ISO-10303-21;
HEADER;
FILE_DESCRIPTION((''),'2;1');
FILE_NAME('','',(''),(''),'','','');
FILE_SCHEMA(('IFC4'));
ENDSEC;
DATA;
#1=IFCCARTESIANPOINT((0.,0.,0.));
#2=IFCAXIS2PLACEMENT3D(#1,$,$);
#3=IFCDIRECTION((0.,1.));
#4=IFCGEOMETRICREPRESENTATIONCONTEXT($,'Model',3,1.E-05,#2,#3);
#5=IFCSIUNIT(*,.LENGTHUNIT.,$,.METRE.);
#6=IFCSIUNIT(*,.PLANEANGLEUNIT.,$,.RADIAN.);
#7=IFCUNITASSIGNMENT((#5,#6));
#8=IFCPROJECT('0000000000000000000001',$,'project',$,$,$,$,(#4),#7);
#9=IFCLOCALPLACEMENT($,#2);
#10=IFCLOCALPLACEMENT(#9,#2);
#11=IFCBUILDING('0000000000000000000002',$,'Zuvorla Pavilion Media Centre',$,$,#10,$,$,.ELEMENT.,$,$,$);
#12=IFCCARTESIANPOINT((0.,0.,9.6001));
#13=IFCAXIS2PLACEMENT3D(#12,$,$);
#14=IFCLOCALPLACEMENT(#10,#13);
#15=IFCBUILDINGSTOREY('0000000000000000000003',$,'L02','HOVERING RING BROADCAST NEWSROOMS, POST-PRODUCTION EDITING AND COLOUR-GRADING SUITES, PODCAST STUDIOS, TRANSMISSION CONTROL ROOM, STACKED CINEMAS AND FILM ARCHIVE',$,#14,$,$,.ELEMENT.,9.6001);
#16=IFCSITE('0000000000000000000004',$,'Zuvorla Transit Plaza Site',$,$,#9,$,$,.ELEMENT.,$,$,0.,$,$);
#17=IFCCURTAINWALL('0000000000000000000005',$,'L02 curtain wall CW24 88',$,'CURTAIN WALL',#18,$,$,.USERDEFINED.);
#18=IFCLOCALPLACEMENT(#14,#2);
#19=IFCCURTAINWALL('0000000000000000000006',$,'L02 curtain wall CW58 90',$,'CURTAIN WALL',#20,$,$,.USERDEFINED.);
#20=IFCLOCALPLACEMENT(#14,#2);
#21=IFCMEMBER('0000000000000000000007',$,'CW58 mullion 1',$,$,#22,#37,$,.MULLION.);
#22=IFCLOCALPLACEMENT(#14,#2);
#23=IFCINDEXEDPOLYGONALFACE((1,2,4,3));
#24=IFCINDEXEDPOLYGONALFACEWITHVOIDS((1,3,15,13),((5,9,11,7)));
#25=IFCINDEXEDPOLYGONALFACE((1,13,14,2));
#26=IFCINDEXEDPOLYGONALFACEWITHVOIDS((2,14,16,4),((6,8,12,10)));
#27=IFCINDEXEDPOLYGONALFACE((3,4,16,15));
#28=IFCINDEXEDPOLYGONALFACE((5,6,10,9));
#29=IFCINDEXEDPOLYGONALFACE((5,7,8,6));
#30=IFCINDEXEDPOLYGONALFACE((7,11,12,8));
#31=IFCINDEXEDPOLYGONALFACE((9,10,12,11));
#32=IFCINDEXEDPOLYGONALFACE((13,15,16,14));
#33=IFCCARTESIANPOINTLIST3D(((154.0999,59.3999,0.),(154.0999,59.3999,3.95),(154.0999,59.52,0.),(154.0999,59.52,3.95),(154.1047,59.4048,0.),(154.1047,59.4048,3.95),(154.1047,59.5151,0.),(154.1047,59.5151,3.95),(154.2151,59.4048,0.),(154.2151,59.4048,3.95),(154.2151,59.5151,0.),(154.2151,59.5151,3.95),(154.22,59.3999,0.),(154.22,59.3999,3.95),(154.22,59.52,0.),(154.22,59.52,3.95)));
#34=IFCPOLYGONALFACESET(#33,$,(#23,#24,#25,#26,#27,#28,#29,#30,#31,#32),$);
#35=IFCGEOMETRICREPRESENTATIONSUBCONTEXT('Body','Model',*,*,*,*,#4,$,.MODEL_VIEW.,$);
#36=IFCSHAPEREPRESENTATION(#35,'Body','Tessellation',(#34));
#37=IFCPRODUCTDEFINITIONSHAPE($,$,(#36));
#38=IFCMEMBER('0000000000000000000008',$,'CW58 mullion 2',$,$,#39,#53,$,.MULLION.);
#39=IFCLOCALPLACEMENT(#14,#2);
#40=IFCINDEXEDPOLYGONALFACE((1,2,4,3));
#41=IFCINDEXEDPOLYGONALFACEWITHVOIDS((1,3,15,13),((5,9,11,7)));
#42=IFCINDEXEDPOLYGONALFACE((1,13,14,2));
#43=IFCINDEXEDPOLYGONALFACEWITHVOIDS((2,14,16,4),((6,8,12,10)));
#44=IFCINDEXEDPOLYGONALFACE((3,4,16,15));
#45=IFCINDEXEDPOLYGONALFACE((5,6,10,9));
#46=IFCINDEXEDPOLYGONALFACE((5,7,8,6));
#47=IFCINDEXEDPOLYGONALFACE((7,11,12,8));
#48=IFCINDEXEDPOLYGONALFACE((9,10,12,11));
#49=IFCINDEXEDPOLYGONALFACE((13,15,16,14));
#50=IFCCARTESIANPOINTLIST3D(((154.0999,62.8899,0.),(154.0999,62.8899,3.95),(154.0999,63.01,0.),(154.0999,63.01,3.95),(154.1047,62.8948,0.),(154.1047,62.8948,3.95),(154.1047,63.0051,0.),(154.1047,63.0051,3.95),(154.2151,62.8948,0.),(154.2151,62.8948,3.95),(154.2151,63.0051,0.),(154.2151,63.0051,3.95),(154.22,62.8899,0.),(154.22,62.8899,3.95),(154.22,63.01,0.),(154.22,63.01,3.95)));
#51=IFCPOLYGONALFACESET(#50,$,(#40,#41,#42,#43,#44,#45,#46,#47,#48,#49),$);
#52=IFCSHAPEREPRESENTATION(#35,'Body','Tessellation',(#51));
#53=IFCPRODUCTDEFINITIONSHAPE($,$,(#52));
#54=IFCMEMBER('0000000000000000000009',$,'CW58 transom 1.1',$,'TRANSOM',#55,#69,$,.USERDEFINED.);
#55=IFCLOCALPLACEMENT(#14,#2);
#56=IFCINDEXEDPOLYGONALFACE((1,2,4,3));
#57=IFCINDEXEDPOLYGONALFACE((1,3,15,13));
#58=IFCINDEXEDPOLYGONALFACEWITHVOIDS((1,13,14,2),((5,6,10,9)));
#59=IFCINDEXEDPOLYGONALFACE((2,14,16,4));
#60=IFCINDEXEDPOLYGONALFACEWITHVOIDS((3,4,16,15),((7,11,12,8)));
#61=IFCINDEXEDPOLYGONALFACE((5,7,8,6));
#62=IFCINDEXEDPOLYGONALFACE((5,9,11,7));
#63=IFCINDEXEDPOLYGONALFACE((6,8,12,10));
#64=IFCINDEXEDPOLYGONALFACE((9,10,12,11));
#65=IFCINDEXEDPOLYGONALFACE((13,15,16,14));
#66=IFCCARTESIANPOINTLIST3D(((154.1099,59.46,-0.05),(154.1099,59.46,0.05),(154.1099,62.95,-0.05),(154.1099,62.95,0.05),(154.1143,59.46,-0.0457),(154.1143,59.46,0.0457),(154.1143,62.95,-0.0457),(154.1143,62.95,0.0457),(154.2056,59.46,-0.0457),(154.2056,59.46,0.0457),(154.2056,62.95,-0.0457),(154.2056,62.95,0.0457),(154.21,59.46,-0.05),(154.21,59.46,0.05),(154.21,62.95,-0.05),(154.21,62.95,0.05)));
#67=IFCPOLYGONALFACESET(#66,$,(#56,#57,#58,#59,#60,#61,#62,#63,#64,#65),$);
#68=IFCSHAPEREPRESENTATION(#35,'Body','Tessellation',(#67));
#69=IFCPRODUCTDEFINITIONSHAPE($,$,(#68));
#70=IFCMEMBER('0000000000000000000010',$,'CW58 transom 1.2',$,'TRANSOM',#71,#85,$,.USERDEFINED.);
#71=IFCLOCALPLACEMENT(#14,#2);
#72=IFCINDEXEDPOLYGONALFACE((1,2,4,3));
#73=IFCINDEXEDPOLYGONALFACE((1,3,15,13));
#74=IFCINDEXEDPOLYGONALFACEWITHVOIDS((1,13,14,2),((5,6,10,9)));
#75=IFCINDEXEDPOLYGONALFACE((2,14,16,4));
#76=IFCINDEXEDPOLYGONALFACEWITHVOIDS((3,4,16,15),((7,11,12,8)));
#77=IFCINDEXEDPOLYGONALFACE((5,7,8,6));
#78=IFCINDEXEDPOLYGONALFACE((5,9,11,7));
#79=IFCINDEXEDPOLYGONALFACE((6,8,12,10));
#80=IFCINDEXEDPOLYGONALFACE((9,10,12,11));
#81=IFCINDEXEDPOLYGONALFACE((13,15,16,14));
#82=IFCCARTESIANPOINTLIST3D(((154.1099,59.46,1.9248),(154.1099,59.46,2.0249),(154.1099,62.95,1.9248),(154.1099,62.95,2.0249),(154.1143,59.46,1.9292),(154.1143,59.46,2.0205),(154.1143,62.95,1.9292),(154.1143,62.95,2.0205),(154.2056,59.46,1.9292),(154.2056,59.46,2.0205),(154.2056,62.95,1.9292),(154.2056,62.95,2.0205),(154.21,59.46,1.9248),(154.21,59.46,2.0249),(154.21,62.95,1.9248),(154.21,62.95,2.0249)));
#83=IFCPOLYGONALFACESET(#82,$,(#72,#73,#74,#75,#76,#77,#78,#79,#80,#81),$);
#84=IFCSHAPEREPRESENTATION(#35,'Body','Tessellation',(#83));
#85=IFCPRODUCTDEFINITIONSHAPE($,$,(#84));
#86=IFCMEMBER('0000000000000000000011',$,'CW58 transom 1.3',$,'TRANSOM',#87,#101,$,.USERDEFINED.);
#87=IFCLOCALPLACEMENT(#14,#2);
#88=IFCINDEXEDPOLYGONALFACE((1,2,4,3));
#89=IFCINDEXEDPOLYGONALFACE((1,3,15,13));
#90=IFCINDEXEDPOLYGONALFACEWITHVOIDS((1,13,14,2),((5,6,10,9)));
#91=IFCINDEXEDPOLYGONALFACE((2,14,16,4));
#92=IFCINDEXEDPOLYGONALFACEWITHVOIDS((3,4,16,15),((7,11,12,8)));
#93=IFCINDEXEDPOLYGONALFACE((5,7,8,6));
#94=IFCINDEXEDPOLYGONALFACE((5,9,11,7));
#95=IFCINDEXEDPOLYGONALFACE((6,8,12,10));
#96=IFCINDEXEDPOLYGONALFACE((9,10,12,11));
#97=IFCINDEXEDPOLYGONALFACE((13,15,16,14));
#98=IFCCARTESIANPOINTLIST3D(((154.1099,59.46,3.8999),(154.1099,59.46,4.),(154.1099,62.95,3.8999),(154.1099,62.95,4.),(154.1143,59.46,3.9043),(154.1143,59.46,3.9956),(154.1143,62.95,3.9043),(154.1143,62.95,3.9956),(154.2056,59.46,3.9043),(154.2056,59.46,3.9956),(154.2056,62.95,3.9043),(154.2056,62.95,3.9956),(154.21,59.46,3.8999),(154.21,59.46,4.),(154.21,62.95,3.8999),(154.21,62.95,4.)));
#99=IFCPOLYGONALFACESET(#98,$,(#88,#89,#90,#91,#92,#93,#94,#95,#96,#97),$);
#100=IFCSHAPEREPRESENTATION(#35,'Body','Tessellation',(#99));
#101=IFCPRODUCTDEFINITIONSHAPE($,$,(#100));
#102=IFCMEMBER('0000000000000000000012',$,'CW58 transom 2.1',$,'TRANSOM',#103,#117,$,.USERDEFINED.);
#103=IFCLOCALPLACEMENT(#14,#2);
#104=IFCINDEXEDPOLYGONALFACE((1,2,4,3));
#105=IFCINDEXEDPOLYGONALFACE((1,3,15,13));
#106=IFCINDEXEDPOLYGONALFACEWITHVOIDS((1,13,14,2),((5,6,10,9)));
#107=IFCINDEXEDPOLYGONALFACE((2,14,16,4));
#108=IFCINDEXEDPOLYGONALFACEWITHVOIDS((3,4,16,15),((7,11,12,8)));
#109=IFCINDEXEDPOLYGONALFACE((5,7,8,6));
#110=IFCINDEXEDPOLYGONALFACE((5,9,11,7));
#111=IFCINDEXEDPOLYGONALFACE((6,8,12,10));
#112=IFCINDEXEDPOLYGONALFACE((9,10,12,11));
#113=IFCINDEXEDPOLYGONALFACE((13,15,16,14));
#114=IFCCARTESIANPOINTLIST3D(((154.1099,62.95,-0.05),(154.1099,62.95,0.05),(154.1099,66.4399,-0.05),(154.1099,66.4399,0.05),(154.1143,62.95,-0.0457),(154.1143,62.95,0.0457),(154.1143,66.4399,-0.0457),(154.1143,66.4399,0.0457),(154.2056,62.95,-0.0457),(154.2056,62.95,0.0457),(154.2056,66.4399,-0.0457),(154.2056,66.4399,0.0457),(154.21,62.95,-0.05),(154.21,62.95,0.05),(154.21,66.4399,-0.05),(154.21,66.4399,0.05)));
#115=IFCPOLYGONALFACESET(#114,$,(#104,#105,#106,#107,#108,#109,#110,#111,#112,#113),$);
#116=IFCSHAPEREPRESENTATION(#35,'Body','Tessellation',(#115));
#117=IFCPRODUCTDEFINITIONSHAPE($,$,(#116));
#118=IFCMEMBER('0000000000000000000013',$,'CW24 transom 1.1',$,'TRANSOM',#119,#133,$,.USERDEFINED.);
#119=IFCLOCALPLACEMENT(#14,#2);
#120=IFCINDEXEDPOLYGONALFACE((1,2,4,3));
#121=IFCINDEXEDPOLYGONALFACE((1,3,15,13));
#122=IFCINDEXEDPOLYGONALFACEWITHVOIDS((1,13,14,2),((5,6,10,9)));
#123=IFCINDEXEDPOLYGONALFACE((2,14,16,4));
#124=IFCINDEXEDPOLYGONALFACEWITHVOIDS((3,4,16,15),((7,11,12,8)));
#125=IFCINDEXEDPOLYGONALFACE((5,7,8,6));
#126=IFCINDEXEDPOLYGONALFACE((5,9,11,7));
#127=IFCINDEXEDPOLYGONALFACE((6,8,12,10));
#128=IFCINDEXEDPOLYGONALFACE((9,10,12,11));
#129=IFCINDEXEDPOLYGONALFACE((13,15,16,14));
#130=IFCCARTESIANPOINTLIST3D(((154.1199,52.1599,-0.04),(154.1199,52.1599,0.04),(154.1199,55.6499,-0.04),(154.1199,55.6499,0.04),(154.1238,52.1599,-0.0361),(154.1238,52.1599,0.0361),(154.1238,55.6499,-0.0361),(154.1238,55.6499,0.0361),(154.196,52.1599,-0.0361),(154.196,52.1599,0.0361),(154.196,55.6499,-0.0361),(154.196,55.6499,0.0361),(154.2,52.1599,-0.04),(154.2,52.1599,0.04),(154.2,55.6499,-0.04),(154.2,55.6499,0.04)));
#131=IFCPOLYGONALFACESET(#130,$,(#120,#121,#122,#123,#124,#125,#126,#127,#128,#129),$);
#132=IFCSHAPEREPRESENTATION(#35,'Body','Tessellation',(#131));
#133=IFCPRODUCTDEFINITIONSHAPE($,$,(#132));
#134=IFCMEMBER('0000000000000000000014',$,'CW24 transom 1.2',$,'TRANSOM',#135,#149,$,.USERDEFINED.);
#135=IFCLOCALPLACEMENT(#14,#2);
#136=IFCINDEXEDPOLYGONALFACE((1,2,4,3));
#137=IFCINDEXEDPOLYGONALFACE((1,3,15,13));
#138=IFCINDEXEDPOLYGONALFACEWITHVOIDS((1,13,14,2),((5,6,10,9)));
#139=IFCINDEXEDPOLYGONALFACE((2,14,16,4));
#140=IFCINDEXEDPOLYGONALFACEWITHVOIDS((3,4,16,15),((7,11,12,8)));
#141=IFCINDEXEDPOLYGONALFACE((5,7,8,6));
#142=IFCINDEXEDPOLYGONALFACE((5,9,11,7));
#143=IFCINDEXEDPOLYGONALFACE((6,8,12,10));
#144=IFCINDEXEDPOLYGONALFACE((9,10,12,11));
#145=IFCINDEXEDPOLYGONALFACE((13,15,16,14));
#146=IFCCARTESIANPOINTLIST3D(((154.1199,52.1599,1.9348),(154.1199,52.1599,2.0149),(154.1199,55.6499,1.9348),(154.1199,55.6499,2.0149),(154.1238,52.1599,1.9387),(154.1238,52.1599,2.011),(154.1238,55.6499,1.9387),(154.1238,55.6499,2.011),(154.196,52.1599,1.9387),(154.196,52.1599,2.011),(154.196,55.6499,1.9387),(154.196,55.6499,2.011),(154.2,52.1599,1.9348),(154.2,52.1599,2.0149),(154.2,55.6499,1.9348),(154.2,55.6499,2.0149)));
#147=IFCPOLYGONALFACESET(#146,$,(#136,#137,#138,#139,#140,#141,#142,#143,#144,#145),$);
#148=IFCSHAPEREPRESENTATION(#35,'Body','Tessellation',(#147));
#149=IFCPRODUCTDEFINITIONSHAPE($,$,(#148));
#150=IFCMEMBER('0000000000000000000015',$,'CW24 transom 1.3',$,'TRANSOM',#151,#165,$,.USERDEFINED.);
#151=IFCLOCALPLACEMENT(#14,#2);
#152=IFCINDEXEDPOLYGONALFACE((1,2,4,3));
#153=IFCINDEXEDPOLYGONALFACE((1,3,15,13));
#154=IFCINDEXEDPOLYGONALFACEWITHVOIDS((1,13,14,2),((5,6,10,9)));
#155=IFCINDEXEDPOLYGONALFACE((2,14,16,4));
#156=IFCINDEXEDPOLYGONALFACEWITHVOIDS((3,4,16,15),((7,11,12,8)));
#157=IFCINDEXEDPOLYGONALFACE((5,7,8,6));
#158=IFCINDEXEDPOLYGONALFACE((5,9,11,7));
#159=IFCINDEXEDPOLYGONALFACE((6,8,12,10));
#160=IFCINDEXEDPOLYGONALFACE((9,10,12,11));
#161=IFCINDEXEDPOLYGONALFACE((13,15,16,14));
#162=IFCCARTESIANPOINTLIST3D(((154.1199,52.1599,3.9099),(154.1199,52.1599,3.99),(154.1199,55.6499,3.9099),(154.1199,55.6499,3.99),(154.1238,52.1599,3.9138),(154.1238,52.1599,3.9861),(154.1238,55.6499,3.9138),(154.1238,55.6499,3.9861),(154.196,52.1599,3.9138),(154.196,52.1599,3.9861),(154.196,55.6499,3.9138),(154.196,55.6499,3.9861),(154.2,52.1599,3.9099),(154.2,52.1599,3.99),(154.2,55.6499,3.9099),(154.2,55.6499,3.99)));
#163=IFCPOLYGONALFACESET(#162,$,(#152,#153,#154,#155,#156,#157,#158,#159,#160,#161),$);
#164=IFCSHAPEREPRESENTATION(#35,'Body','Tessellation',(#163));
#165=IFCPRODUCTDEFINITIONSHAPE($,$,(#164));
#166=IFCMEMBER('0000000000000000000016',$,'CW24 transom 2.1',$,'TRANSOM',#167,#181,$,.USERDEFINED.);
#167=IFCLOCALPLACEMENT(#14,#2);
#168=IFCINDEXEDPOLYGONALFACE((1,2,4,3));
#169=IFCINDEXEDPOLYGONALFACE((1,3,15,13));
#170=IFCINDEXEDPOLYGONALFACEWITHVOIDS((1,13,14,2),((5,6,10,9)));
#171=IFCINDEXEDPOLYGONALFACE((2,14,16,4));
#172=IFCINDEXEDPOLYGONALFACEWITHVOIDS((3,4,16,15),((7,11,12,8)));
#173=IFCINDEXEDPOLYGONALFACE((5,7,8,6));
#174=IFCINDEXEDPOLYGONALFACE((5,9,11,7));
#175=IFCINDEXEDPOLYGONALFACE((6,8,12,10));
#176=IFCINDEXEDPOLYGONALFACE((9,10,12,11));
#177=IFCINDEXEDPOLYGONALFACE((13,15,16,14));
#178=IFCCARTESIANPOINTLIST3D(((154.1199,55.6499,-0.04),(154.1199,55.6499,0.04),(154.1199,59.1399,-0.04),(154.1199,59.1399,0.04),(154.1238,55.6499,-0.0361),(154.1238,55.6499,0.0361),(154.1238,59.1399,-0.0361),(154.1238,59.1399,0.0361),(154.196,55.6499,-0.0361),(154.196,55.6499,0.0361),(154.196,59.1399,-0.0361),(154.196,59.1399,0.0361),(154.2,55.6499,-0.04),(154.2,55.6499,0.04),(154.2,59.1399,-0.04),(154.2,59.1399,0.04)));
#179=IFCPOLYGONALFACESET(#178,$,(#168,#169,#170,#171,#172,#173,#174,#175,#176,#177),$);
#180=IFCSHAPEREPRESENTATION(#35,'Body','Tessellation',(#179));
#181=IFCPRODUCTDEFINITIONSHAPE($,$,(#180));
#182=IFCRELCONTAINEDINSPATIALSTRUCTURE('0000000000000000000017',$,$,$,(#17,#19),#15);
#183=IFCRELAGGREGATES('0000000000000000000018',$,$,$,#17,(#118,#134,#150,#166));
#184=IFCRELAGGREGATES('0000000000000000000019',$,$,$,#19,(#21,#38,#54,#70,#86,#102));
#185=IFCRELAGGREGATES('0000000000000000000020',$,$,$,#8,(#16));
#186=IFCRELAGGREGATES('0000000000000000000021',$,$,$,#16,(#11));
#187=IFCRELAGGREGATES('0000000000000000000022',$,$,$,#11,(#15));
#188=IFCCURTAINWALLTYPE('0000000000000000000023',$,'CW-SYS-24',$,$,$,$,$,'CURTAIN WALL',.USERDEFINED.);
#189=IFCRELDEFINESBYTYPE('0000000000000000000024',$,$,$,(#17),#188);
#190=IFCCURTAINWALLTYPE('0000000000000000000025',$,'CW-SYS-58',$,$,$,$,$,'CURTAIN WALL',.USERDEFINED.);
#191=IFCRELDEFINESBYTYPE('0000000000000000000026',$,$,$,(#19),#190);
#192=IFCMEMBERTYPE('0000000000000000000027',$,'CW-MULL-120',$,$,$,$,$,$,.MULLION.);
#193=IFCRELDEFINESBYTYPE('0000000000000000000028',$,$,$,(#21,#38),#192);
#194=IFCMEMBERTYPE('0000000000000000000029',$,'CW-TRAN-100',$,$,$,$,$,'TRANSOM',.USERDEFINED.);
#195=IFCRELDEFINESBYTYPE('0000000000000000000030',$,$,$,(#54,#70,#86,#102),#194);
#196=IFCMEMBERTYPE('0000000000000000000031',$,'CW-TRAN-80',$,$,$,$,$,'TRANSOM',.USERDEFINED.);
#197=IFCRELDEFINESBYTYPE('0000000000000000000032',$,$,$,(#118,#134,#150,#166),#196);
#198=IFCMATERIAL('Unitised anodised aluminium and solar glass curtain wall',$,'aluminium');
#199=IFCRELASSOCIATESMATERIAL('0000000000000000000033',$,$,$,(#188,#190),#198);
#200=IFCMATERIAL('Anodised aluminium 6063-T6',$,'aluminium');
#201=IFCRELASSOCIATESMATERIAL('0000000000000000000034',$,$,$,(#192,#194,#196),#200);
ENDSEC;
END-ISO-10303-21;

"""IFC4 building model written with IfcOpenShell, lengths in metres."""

from ifc_helpers import new_model, si_unit, direction, frame, origin, origin_2d, place, context, subcontext, project, spatial, hollow_rectangle, extrude, material, material_profile, profile_set, type_object, element, aggregate, save


model = new_model("IFC4")

# Units and contexts
model_context = context("Model", 3, precision=1e-05, world=origin(), true_north=direction((0.0, 1.0)))
body_context = subcontext(model_context, "Body", "Model", "MODEL_VIEW")
ifc_project = project(units=[si_unit("LENGTHUNIT", "METRE"), si_unit("PLANEANGLEUNIT", "RADIAN")], contexts=[model_context])

# Site, building, storey
site_placement = place(None, origin())
site = spatial("IfcSite", under=ifc_project, at=site_placement, Name="Zuvorla Transit Plaza Site", CompositionType="ELEMENT", RefElevation=0.0)
building_placement = place(site_placement, origin())
building = spatial("IfcBuilding", under=site, at=building_placement, Name="Zuvorla Pavilion Media Centre", CompositionType="ELEMENT")
storey_placement = place(building_placement, frame((0.0, 0.0, 9.6001)))
storey = spatial("IfcBuildingStorey", under=building, at=storey_placement, Name="L02", Description="HOVERING RING BROADCAST NEWSROOMS, POST-PRODUCTION EDITING AND COLOUR-GRADING SUITES, PODCAST STUDIOS, TRANSMISSION CONTROL ROOM, STACKED CINEMAS AND FILM ARCHIVE", CompositionType="ELEMENT", Elevation=9.6001)

# Curtain walls, members
ifc_material_1 = material(Name="Unitised anodised aluminium and solar glass curtain wall", Category="aluminium")
curtain_wall_type_1 = type_object("IfcCurtainWallType", Name="CW-SYS-24", ElementType="CURTAIN WALL", PredefinedType="USERDEFINED", material=ifc_material_1)
curtain_wall_1_placement = place(storey_placement, origin())
curtain_wall_1 = element("IfcCurtainWall", 1, at=curtain_wall_1_placement, inside=storey, type_object=curtain_wall_type_1, Name="L02 curtain wall CW24 88", ObjectType="CURTAIN WALL", PredefinedType="USERDEFINED")
ifc_material_2 = material(Name="Anodised aluminium 6063-T6", Category="aluminium")
curtain_wall_type_2 = type_object("IfcCurtainWallType", Name="CW-SYS-58", ElementType="CURTAIN WALL", PredefinedType="USERDEFINED", material=ifc_material_1)
curtain_wall_2_placement = place(storey_placement, origin())
curtain_wall_2 = element("IfcCurtainWall", 2, at=curtain_wall_2_placement, inside=storey, type_object=curtain_wall_type_2, Name="L02 curtain wall CW58 90", ObjectType="CURTAIN WALL", PredefinedType="USERDEFINED")
ifc_material_profile_1 = material_profile(ifc_material_2, hollow_rectangle(XDim=0.1201, YDim=0.1201, WallThickness=0.0049, at=origin_2d()), Name="ALU MULL 120x120")
ifc_profile_set_1 = profile_set([ifc_material_profile_1], Name="Anodised aluminium 6063-T6")
member_type_1 = type_object("IfcMemberType", Name="CW-MULL-120", PredefinedType="MULLION", material=ifc_profile_set_1)
member_1_placement = place(storey_placement, frame((154.1599, 59.46, 0.0), z_axis=(0.0, 0.0, 1.0), x_axis=(1.0, 0.0, 0.0)))
member_1 = element("IfcMember", 3, at=member_1_placement, type_object=member_type_1, Name="CW58 mullion 1", PredefinedType="MULLION", context=body_context, shape_type="SweptSolid", body=[
    extrude(hollow_rectangle(XDim=0.1201, YDim=0.1201, WallThickness=0.0049, at=origin_2d()), origin(), (0.0, 0.0, 1.0), 3.95),
])
member_2_placement = place(storey_placement, frame((154.1599, 62.95, 0.0), z_axis=(0.0, 0.0, 1.0), x_axis=(1.0, 0.0, 0.0)))
member_2 = element("IfcMember", 4, at=member_2_placement, type_object=member_type_1, Name="CW58 mullion 2", PredefinedType="MULLION", context=body_context, shape_type="SweptSolid", body=[
    extrude(hollow_rectangle(XDim=0.1201, YDim=0.1201, WallThickness=0.0049, at=origin_2d()), origin(), (0.0, 0.0, 1.0), 3.95),
])
ifc_material_profile_2 = material_profile(ifc_material_2, hollow_rectangle(XDim=0.1001, YDim=0.1001, WallThickness=0.0044, at=origin_2d()), Name="ALU TRAN 100x100")
ifc_profile_set_2 = profile_set([ifc_material_profile_2], Name="Anodised aluminium 6063-T6")
member_type_2 = type_object("IfcMemberType", Name="CW-TRAN-100", ElementType="TRANSOM", PredefinedType="USERDEFINED", material=ifc_profile_set_2)
member_3_placement = place(storey_placement, frame((154.1599, 59.46, 0.0), z_axis=(0.0, 1.0, 0.0), x_axis=(-1.0, 0.0, 0.0)))
member_3 = element("IfcMember", 5, at=member_3_placement, type_object=member_type_2, Name="CW58 transom 1.1", ObjectType="TRANSOM", PredefinedType="USERDEFINED", context=body_context, shape_type="SweptSolid", body=[
    extrude(hollow_rectangle(XDim=0.1001, YDim=0.1001, WallThickness=0.0044, at=origin_2d()), origin(), (0.0, 0.0, 1.0), 3.49),
])
member_4_placement = place(storey_placement, frame((154.1599, 59.46, 1.9749), z_axis=(0.0, 1.0, 0.0), x_axis=(-1.0, 0.0, 0.0)))
member_4 = element("IfcMember", 6, at=member_4_placement, type_object=member_type_2, Name="CW58 transom 1.2", ObjectType="TRANSOM", PredefinedType="USERDEFINED", context=body_context, shape_type="SweptSolid", body=[
    extrude(hollow_rectangle(XDim=0.1001, YDim=0.1001, WallThickness=0.0044, at=origin_2d()), origin(), (0.0, 0.0, 1.0), 3.49),
])
member_5_placement = place(storey_placement, frame((154.1599, 59.46, 3.95), z_axis=(0.0, 1.0, 0.0), x_axis=(-1.0, 0.0, 0.0)))
member_5 = element("IfcMember", 7, at=member_5_placement, type_object=member_type_2, Name="CW58 transom 1.3", ObjectType="TRANSOM", PredefinedType="USERDEFINED", context=body_context, shape_type="SweptSolid", body=[
    extrude(hollow_rectangle(XDim=0.1001, YDim=0.1001, WallThickness=0.0044, at=origin_2d()), origin(), (0.0, 0.0, 1.0), 3.49),
])
member_6_placement = place(storey_placement, frame((154.1599, 62.95, 0.0), z_axis=(0.0, 1.0, 0.0), x_axis=(-1.0, 0.0, 0.0)))
member_6 = element("IfcMember", 8, at=member_6_placement, type_object=member_type_2, Name="CW58 transom 2.1", ObjectType="TRANSOM", PredefinedType="USERDEFINED", context=body_context, shape_type="SweptSolid", body=[
    extrude(hollow_rectangle(XDim=0.1001, YDim=0.1001, WallThickness=0.0044, at=origin_2d()), origin(), (0.0, 0.0, 1.0), 3.49),
])

# Members
ifc_material_profile_3 = material_profile(ifc_material_2, hollow_rectangle(XDim=0.0801, YDim=0.0801, WallThickness=0.0039, at=origin_2d()), Name="ALU TRAN 80x80")
ifc_profile_set_3 = profile_set([ifc_material_profile_3], Name="Anodised aluminium 6063-T6")
member_type_3 = type_object("IfcMemberType", Name="CW-TRAN-80", ElementType="TRANSOM", PredefinedType="USERDEFINED", material=ifc_profile_set_3)
member_7_placement = place(storey_placement, frame((154.1599, 52.1599, 0.0), z_axis=(0.0, 1.0, 0.0), x_axis=(-1.0, 0.0, 0.0)))
member_7 = element("IfcMember", 9, at=member_7_placement, type_object=member_type_3, Name="CW24 transom 1.1", ObjectType="TRANSOM", PredefinedType="USERDEFINED", context=body_context, shape_type="SweptSolid", body=[
    extrude(hollow_rectangle(XDim=0.0801, YDim=0.0801, WallThickness=0.0039, at=origin_2d()), origin(), (0.0, 0.0, 1.0), 3.49),
])
member_8_placement = place(storey_placement, frame((154.1599, 52.1599, 1.9749), z_axis=(0.0, 1.0, 0.0), x_axis=(-1.0, 0.0, 0.0)))
member_8 = element("IfcMember", 10, at=member_8_placement, type_object=member_type_3, Name="CW24 transom 1.2", ObjectType="TRANSOM", PredefinedType="USERDEFINED", context=body_context, shape_type="SweptSolid", body=[
    extrude(hollow_rectangle(XDim=0.0801, YDim=0.0801, WallThickness=0.0039, at=origin_2d()), origin(), (0.0, 0.0, 1.0), 3.49),
])
member_9_placement = place(storey_placement, frame((154.1599, 52.1599, 3.95), z_axis=(0.0, 1.0, 0.0), x_axis=(-1.0, 0.0, 0.0)))
member_9 = element("IfcMember", 11, at=member_9_placement, type_object=member_type_3, Name="CW24 transom 1.3", ObjectType="TRANSOM", PredefinedType="USERDEFINED", context=body_context, shape_type="SweptSolid", body=[
    extrude(hollow_rectangle(XDim=0.0801, YDim=0.0801, WallThickness=0.0039, at=origin_2d()), origin(), (0.0, 0.0, 1.0), 3.49),
])
member_10_placement = place(storey_placement, frame((154.1599, 55.6499, 0.0), z_axis=(0.0, 1.0, 0.0), x_axis=(-1.0, 0.0, 0.0)))
member_10 = element("IfcMember", 12, at=member_10_placement, type_object=member_type_3, Name="CW24 transom 2.1", ObjectType="TRANSOM", PredefinedType="USERDEFINED", context=body_context, shape_type="SweptSolid", body=[
    extrude(hollow_rectangle(XDim=0.0801, YDim=0.0801, WallThickness=0.0039, at=origin_2d()), origin(), (0.0, 0.0, 1.0), 3.49),
])

aggregate(curtain_wall_1, [member_7, member_8, member_9, member_10])
aggregate(curtain_wall_2, [member_1, member_2, member_3, member_4, member_5, member_6])

save(model, "model.ifc")
